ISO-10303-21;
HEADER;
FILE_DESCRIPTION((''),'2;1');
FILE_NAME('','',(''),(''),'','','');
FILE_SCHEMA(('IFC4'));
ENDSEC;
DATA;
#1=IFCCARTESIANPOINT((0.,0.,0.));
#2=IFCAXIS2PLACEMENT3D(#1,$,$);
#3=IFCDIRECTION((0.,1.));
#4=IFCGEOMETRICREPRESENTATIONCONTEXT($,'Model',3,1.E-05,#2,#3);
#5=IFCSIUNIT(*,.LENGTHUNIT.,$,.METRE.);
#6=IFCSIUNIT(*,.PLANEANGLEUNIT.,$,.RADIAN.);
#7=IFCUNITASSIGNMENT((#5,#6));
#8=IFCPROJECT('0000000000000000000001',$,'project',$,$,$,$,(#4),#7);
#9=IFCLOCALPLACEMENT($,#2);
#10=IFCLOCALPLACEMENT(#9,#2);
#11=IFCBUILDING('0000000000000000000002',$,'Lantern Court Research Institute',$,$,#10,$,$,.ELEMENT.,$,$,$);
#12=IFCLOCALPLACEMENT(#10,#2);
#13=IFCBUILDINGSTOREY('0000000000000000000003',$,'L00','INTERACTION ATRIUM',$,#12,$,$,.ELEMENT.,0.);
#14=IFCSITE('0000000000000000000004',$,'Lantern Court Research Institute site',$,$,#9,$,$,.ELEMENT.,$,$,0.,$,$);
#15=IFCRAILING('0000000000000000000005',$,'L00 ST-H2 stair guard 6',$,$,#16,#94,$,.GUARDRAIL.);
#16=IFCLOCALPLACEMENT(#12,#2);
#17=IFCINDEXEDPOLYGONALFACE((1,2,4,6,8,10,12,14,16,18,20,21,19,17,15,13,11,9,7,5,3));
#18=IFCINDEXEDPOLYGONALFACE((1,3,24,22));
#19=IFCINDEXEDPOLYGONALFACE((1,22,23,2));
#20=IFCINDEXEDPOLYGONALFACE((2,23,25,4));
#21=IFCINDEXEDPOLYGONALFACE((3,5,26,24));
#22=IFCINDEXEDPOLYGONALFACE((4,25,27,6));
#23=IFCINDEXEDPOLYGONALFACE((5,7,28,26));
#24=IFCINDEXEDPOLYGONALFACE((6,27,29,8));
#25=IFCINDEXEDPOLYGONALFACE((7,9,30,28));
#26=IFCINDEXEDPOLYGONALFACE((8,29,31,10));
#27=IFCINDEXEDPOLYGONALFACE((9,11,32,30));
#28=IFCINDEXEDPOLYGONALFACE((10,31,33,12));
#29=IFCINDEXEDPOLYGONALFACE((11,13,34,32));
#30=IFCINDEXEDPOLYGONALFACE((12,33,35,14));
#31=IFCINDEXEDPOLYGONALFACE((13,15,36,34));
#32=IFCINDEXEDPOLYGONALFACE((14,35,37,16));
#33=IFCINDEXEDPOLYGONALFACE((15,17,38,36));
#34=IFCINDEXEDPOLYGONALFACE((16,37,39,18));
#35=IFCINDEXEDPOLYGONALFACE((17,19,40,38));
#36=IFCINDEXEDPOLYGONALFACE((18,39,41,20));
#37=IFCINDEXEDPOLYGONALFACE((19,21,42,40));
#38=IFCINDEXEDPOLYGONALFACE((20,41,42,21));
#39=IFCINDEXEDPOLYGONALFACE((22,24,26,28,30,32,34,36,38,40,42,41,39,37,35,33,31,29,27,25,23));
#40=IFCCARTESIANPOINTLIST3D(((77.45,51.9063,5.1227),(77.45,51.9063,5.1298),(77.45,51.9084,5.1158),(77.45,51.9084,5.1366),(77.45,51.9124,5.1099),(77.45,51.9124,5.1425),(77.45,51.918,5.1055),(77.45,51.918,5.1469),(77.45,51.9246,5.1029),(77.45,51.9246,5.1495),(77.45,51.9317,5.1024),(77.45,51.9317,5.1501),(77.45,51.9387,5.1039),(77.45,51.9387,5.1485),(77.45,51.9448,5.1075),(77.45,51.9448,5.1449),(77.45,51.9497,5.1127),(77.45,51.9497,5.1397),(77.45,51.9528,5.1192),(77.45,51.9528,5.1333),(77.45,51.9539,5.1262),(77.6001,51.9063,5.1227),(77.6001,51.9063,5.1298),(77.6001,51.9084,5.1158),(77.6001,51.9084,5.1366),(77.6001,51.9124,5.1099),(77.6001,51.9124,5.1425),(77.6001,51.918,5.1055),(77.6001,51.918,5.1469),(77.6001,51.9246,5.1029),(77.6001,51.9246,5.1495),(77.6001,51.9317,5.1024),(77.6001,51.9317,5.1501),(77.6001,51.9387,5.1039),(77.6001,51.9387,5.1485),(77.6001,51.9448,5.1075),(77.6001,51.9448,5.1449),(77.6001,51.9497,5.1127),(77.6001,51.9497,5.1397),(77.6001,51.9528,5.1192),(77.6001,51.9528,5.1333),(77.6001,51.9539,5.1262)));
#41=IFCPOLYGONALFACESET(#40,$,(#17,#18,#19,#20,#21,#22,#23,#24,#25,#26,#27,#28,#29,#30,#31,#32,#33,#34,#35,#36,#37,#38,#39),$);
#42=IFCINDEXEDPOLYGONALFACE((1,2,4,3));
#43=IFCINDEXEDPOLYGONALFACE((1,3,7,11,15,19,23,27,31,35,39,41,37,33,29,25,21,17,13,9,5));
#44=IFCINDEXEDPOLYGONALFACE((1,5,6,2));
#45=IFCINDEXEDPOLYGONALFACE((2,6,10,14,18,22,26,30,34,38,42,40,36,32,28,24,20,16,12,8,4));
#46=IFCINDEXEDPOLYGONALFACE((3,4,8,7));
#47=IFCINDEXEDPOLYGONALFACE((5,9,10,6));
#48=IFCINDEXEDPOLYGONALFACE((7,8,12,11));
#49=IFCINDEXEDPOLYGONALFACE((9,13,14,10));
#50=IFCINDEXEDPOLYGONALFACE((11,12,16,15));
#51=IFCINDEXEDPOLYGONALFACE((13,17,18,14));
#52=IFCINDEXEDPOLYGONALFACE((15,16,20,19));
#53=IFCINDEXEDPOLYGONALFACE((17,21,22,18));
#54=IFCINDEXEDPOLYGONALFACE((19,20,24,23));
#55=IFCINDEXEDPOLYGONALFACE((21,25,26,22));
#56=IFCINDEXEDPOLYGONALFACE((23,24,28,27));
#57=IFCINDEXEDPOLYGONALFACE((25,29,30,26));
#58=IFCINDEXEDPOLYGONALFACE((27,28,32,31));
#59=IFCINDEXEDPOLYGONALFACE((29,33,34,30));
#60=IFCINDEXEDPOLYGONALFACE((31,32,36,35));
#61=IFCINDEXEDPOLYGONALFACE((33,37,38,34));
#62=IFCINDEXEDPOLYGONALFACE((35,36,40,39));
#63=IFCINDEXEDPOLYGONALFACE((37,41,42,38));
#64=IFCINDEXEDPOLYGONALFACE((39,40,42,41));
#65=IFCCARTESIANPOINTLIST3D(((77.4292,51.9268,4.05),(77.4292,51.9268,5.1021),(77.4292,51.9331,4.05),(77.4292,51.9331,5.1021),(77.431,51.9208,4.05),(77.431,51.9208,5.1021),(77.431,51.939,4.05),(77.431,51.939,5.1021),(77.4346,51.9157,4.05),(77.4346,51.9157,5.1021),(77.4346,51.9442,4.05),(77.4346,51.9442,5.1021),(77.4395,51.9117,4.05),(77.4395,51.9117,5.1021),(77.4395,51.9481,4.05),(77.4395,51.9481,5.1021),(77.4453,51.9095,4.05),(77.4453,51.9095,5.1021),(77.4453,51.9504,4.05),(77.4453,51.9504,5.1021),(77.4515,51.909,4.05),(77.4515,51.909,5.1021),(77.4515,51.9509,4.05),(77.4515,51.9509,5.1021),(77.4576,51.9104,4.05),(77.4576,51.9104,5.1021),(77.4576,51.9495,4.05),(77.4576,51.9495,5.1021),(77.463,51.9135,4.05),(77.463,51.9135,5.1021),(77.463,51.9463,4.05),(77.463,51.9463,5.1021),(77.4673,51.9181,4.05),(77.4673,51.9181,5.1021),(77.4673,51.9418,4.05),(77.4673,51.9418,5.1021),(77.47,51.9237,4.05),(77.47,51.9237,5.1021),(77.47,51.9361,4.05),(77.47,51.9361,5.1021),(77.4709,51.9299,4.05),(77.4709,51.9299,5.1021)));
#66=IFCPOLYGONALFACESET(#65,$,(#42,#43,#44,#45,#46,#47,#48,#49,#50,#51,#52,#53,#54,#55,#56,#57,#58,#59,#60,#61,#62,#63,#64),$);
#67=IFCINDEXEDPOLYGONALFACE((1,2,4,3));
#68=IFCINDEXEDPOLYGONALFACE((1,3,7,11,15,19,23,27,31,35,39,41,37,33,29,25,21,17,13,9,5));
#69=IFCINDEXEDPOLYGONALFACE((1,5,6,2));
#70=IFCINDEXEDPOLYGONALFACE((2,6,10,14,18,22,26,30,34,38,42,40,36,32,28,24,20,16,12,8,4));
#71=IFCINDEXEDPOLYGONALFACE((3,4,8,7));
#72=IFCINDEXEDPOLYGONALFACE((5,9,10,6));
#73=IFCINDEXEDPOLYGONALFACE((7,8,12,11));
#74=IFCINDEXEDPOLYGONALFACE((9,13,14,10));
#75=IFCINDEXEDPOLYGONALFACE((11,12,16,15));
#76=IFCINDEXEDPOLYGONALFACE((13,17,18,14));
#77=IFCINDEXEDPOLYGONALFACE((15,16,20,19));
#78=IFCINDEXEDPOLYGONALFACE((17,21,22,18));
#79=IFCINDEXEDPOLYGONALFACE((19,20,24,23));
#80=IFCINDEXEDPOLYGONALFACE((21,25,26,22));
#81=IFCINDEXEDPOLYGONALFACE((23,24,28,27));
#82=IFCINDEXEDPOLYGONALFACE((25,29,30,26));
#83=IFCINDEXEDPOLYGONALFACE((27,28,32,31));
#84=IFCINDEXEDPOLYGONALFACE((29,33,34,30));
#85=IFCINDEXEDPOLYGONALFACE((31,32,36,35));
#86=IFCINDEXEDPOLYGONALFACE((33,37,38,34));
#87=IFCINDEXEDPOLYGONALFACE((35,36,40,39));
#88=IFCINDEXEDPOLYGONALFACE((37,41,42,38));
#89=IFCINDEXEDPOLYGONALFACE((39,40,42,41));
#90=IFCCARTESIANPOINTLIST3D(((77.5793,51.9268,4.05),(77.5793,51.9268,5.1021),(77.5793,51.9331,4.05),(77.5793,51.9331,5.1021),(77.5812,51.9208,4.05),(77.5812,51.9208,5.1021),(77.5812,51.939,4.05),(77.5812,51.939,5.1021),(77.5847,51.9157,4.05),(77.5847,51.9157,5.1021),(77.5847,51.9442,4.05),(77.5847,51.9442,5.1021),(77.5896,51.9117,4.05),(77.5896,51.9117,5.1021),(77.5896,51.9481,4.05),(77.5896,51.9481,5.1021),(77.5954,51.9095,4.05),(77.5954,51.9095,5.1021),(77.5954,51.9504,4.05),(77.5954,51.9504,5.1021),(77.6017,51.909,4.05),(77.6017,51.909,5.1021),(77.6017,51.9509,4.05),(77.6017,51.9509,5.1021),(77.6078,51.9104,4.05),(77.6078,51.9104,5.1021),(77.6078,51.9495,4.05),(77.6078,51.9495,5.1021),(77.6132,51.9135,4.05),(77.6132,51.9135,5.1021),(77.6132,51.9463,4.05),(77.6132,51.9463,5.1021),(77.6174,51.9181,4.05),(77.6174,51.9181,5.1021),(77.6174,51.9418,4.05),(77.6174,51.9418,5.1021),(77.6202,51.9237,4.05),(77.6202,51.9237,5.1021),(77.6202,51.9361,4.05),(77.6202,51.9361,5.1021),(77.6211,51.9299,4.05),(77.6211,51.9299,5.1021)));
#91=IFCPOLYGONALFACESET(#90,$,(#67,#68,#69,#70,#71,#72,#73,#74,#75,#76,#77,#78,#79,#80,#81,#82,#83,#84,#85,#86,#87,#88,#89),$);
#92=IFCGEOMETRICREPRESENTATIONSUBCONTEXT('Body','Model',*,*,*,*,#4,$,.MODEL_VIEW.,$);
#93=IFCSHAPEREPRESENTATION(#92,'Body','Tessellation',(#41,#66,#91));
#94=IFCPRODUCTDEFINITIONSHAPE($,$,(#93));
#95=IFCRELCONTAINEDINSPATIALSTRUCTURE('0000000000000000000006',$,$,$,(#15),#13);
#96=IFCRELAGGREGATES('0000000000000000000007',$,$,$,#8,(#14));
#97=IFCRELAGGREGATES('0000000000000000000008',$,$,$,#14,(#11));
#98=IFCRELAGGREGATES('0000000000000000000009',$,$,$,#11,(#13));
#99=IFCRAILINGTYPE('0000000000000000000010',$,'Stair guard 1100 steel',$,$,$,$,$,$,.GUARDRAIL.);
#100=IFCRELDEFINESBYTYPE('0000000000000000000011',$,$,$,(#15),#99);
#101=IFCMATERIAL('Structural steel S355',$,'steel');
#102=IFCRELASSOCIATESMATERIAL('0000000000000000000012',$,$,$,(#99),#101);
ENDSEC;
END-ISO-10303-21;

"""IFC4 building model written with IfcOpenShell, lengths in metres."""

from ifc_helpers import new_model, si_unit, direction, frame, origin, origin_2d, place, context, subcontext, project, spatial, circle, extrude, material, type_object, element, save


model = new_model("IFC4")

# Units and contexts
model_context = context("Model", 3, precision=1e-05, world=origin(), true_north=direction((0.0, 1.0)))
body_context = subcontext(model_context, "Body", "Model", "MODEL_VIEW")
ifc_project = project(units=[si_unit("LENGTHUNIT", "METRE"), si_unit("PLANEANGLEUNIT", "RADIAN")], contexts=[model_context])

# Site, building, storey
site_placement = place(None, origin())
site = spatial("IfcSite", under=ifc_project, at=site_placement, Name="Lantern Court Research Institute site", CompositionType="ELEMENT", RefElevation=0.0)
building_placement = place(site_placement, origin())
building = spatial("IfcBuilding", under=site, at=building_placement, Name="Lantern Court Research Institute", CompositionType="ELEMENT")
storey_placement = place(building_placement, origin())
storey = spatial("IfcBuildingStorey", under=building, at=storey_placement, Name="L00", Description="INTERACTION ATRIUM", CompositionType="ELEMENT", Elevation=0.0)

# Railing
ifc_material_1 = material(Name="Structural steel S355", Category="steel")
railing_type_1 = type_object("IfcRailingType", Name="Stair guard 1100 steel", PredefinedType="GUARDRAIL", material=ifc_material_1)
railing_1_placement = place(storey_placement, frame((77.45, 51.9299, 4.05)))
element("IfcRailing", 1, at=railing_1_placement, inside=storey, type_object=railing_type_1, Name="L00 ST-H2 stair guard 6", PredefinedType="GUARDRAIL", context=body_context, shape_type="SweptSolid", body=[
    extrude(circle(Radius=0.0239, at=origin_2d()), frame((0.0, 0.0, 1.0762), z_axis=(1.0, 0.0, 0.0), x_axis=(0.0, 1.0, 0.0)), (0.0, 0.0, 1.0), 0.1501),
    extrude(circle(Radius=0.021, at=origin_2d()), origin(), (0.0, 0.0, 1.0), 1.052),
    extrude(circle(Radius=0.021, at=origin_2d()), frame((0.1501, 0.0, 0.0)), (0.0, 0.0, 1.0), 1.052),
])

save(model, "model.ifc")
